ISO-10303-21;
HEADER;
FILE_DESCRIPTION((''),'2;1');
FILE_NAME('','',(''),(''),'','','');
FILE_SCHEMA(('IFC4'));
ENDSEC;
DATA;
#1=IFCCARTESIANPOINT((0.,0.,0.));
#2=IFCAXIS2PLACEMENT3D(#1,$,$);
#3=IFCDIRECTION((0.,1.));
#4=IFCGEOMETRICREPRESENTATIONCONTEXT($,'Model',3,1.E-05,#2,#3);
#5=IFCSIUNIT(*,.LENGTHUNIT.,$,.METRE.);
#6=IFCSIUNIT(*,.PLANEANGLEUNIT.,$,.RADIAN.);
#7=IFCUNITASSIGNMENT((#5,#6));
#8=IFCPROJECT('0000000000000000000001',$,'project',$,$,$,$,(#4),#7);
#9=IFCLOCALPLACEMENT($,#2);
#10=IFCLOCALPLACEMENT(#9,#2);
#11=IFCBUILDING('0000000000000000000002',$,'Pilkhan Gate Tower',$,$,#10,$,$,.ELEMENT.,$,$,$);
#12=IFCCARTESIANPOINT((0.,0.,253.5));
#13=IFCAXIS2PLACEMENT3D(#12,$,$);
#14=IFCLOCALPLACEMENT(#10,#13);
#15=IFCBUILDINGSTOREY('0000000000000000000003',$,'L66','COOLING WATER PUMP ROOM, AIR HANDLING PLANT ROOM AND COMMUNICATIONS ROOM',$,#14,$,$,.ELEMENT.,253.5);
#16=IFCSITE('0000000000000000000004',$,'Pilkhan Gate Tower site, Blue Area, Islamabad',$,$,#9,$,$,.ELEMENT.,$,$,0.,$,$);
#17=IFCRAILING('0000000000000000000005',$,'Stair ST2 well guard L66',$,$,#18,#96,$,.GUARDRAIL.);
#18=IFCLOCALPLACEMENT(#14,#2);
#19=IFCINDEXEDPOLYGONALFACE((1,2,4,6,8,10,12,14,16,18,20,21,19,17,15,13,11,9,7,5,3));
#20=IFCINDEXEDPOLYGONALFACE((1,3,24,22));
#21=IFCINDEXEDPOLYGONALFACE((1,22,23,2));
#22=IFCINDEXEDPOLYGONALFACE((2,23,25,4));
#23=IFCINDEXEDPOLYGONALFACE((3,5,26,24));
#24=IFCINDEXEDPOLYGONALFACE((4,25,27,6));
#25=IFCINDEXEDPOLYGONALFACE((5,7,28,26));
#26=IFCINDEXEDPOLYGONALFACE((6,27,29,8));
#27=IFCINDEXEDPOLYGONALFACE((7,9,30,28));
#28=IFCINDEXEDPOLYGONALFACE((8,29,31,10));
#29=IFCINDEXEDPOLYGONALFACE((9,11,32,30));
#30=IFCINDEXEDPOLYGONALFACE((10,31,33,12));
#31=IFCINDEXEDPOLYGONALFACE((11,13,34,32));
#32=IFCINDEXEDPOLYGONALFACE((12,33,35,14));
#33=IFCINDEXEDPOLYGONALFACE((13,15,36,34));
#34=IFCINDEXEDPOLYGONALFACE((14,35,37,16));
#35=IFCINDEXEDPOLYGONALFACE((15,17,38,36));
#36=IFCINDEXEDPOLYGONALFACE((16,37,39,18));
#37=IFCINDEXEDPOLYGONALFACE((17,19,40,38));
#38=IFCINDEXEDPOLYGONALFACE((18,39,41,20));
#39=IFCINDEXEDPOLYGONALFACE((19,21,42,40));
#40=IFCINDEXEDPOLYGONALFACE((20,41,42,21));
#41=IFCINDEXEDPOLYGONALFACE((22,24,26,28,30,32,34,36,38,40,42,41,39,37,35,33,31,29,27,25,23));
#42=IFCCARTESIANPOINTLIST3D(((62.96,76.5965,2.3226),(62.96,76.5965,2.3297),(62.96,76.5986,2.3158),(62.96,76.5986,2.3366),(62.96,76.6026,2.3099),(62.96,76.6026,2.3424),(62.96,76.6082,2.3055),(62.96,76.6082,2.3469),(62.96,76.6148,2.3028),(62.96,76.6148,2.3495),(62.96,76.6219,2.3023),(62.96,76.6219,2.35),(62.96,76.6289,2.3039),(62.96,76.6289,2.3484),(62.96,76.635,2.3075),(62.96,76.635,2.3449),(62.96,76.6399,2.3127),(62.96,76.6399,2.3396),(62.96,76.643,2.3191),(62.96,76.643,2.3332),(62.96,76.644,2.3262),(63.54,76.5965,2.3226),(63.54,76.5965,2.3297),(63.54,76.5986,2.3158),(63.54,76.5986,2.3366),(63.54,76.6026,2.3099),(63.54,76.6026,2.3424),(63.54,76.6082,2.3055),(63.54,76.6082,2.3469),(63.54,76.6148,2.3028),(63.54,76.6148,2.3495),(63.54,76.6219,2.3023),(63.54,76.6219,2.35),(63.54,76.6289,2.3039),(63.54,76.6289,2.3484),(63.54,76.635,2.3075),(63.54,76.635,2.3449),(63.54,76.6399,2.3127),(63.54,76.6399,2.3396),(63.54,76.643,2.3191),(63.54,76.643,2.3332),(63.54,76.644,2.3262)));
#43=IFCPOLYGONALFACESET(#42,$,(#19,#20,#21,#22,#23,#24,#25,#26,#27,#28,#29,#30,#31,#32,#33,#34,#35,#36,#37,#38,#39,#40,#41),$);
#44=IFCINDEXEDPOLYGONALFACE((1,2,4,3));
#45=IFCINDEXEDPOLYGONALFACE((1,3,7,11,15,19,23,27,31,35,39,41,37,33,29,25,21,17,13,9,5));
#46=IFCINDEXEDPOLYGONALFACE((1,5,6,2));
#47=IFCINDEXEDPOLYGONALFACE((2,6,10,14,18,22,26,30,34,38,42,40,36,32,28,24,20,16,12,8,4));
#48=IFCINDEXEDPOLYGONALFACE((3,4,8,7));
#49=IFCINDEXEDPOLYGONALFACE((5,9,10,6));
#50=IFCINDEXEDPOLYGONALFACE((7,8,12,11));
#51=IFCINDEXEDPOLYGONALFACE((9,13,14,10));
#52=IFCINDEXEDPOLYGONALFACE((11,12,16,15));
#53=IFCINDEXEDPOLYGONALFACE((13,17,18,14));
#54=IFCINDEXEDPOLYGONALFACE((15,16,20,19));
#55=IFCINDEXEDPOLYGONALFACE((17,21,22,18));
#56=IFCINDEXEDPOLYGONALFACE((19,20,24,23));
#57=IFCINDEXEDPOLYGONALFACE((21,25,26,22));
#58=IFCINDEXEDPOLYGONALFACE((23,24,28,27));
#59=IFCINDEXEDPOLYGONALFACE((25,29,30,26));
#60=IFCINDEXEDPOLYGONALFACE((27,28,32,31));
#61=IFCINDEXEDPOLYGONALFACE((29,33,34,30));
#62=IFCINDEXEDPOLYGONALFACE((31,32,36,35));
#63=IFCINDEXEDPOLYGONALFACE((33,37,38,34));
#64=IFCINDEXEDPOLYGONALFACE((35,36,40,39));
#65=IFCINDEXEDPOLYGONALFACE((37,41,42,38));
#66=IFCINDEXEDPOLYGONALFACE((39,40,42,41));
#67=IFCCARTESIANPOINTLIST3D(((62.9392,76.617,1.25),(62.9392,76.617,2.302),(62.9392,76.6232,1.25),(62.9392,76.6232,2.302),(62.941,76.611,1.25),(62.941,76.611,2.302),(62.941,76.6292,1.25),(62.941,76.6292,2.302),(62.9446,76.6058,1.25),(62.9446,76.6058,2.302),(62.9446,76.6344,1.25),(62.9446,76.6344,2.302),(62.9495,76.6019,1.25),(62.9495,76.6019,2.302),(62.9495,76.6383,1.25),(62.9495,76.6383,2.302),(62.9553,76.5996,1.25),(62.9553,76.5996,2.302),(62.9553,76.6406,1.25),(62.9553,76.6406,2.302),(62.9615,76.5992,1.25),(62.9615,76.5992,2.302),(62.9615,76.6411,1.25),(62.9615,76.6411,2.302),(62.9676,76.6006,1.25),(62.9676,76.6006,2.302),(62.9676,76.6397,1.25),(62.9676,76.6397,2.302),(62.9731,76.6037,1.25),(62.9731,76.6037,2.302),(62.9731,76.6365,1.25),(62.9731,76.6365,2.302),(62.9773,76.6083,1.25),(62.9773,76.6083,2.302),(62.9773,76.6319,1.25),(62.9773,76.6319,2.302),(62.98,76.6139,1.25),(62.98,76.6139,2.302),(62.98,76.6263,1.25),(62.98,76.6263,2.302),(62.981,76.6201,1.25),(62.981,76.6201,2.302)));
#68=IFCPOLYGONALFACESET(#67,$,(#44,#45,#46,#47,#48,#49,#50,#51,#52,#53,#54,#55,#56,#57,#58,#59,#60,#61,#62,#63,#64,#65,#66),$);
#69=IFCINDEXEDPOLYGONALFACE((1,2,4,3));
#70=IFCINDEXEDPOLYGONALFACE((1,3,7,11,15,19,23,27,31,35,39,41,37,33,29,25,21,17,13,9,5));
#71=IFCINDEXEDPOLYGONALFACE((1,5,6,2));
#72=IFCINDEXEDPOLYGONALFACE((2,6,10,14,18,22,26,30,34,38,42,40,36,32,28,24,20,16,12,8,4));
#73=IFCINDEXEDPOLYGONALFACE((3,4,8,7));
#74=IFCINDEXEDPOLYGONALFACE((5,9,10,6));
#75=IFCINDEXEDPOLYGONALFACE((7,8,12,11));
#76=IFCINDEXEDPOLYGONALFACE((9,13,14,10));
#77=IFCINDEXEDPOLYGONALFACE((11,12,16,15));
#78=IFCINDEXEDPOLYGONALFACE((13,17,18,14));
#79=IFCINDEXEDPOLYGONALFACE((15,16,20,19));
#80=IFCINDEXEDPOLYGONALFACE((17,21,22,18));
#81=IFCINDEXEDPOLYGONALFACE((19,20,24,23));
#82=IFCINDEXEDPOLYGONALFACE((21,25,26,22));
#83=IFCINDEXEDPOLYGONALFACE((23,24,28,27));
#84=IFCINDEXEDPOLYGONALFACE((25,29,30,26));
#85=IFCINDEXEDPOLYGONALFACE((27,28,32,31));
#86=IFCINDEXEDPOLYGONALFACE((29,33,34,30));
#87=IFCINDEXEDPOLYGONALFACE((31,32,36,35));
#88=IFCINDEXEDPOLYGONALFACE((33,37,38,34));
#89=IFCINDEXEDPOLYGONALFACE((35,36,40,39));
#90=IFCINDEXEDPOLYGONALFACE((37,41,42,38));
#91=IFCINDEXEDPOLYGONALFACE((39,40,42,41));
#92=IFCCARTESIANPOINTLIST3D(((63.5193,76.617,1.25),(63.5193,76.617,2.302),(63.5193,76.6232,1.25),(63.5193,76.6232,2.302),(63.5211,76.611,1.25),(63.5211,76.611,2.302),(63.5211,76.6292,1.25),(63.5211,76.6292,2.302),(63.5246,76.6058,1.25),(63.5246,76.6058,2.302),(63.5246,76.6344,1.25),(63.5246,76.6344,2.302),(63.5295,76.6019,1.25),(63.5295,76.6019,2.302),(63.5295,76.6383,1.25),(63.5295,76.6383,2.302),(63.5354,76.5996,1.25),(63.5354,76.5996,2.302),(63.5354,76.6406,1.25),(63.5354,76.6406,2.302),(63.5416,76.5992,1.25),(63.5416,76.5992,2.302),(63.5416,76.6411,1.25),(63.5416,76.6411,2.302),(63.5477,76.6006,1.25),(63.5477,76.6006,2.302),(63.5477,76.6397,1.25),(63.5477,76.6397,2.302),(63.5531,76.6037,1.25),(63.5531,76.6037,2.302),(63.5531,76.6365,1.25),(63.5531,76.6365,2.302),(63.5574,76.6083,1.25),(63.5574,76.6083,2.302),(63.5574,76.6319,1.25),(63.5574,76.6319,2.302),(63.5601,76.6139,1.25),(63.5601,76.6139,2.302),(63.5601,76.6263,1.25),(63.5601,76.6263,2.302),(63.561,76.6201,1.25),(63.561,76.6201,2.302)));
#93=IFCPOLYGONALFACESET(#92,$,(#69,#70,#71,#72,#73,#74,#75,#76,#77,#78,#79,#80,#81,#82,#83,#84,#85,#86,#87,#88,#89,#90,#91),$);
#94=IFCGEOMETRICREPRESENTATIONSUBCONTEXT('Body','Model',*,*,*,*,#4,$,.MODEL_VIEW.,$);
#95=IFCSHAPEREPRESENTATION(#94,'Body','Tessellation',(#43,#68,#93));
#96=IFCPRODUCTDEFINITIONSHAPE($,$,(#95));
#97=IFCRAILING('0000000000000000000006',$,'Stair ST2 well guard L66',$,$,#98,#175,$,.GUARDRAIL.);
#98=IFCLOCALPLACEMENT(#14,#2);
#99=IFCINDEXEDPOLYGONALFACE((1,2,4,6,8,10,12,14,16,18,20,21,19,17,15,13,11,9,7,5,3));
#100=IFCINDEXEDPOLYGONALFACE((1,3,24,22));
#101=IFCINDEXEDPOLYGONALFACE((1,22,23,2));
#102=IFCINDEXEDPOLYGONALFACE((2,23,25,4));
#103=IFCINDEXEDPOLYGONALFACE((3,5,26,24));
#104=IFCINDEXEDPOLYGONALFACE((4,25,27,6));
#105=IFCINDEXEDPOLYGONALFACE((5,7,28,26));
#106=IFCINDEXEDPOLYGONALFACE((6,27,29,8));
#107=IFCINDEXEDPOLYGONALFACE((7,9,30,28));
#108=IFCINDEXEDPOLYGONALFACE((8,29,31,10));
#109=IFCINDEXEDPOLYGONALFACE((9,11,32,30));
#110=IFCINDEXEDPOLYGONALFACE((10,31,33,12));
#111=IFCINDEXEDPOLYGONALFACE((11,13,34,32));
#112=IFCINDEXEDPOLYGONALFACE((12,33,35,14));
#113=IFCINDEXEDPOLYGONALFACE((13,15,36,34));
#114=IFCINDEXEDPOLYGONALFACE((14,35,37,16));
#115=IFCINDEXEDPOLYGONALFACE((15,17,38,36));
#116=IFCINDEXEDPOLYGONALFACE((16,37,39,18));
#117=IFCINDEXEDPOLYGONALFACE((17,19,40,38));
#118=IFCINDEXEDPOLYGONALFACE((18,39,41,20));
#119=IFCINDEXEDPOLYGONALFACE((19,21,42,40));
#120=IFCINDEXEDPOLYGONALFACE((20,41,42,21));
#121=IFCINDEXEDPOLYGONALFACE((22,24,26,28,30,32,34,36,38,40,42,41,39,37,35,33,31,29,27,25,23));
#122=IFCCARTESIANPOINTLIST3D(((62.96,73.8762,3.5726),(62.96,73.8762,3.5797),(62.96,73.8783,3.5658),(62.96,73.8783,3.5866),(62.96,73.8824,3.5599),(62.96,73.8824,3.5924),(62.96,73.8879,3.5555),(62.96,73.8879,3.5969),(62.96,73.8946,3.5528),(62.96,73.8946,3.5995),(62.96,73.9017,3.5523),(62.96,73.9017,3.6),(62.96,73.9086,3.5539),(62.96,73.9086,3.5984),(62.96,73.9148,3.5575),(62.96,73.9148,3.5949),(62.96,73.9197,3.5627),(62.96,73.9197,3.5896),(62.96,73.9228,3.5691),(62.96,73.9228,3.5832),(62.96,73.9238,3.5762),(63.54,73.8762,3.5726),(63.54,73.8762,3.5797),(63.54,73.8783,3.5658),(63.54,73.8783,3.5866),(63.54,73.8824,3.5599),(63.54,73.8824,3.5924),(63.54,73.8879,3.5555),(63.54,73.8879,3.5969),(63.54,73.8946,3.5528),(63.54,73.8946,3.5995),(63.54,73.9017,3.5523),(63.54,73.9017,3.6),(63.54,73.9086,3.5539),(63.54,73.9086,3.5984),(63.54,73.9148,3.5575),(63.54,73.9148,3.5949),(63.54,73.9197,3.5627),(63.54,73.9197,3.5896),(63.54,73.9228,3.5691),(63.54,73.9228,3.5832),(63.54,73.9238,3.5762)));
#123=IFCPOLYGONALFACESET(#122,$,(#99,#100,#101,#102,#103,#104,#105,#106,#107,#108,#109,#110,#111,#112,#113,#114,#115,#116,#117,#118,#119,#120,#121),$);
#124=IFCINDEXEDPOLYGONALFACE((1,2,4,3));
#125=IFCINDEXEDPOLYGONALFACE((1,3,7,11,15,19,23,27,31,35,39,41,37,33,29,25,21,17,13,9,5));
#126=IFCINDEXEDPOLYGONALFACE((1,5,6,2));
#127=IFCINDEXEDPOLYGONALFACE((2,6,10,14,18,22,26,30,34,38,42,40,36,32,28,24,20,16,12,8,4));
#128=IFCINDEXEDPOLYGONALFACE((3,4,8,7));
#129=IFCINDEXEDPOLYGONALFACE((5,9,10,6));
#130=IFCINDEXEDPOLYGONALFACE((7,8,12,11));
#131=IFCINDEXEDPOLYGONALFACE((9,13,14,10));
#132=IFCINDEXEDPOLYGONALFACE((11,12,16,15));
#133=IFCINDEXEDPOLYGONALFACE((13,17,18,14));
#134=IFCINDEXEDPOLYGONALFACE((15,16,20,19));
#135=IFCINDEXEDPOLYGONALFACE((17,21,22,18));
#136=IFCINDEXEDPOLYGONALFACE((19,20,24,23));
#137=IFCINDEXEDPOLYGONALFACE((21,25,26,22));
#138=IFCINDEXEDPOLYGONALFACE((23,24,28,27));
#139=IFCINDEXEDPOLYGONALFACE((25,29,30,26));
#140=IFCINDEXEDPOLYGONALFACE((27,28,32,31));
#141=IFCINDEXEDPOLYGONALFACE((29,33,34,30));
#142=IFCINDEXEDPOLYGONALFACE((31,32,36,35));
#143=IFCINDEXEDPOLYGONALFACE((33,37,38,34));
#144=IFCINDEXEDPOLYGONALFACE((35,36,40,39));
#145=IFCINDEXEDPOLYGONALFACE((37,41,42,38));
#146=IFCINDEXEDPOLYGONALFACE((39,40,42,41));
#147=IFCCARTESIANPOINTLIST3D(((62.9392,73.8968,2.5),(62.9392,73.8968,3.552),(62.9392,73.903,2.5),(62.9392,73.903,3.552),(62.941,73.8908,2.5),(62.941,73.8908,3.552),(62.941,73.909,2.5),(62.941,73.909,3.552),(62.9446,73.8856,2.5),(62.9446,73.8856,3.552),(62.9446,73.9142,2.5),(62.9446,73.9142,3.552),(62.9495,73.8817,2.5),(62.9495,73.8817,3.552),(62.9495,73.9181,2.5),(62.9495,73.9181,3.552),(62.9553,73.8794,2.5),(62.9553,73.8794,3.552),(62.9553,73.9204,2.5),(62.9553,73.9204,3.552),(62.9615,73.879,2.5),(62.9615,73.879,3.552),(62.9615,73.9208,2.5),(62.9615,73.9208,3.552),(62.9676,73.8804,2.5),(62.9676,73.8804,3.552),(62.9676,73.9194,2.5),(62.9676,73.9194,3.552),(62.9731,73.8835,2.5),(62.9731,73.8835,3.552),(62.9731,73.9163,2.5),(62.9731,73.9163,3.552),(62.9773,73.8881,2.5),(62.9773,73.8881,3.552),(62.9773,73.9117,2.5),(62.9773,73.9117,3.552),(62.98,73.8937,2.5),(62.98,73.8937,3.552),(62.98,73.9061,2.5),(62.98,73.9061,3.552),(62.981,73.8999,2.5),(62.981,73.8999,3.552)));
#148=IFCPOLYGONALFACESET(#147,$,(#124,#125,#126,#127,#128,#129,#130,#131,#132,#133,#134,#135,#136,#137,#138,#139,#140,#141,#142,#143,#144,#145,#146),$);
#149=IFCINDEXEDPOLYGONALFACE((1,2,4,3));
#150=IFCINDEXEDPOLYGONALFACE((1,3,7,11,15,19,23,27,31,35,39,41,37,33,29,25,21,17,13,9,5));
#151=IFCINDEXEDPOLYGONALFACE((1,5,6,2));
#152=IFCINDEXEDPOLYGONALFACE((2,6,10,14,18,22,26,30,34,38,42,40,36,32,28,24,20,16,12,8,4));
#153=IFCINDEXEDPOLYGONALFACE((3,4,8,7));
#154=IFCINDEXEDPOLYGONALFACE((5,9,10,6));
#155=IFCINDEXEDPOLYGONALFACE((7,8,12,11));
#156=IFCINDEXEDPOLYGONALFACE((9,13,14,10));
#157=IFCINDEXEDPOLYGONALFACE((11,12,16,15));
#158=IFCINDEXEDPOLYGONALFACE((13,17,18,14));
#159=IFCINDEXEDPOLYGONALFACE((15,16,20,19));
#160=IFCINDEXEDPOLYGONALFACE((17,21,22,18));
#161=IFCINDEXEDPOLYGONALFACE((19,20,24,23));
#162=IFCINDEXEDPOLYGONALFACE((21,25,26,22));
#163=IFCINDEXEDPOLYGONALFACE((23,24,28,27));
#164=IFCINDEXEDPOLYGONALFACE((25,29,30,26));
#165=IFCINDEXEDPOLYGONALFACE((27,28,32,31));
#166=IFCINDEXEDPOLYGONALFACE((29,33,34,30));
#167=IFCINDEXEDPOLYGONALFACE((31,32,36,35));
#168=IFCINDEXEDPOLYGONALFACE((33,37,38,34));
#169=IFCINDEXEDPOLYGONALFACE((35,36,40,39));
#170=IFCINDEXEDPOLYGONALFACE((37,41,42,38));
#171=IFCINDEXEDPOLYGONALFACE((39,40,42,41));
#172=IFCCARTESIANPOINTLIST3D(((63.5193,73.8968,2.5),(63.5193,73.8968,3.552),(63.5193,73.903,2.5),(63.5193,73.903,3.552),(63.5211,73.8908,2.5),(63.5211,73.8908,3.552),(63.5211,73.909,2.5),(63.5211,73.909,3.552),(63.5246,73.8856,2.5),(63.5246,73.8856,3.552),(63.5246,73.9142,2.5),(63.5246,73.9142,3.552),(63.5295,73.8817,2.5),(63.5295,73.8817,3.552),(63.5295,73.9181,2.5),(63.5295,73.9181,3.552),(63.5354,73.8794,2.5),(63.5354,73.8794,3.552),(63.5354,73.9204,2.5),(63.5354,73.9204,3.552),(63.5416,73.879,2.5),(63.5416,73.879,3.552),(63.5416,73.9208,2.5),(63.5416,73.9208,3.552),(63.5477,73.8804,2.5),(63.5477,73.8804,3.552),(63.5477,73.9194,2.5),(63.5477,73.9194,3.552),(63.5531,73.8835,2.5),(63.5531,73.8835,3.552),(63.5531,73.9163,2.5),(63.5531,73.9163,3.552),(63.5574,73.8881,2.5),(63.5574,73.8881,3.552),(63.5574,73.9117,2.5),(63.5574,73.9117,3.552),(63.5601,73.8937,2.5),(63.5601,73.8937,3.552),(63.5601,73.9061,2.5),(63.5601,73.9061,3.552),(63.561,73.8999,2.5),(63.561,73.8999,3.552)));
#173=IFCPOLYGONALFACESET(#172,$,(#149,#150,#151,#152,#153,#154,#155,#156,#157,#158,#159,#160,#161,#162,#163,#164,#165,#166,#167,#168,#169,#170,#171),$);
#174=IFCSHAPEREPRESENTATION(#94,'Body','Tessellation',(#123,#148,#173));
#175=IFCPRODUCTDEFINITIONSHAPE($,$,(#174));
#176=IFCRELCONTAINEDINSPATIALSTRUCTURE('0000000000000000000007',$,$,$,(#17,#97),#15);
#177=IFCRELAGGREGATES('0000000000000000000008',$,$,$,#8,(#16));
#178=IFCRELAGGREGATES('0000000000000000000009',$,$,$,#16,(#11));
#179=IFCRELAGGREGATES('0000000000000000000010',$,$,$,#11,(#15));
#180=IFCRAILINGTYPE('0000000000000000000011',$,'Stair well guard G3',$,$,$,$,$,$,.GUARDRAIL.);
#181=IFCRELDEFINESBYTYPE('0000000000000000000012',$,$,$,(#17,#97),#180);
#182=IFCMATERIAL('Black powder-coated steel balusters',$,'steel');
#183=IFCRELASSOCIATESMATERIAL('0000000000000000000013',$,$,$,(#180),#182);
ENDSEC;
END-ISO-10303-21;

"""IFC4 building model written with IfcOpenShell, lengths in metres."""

from ifc_helpers import new_model, si_unit, direction, frame, origin, origin_2d, place, context, subcontext, project, spatial, circle, extrude, material, type_object, element, save


model = new_model("IFC4")

# Units and contexts
model_context = context("Model", 3, precision=1e-05, world=origin(), true_north=direction((0.0, 1.0)))
body_context = subcontext(model_context, "Body", "Model", "MODEL_VIEW")
ifc_project = project(units=[si_unit("LENGTHUNIT", "METRE"), si_unit("PLANEANGLEUNIT", "RADIAN")], contexts=[model_context])

# Site, building, storey
site_placement = place(None, origin())
site = spatial("IfcSite", under=ifc_project, at=site_placement, Name="Pilkhan Gate Tower site, Blue Area, Islamabad", CompositionType="ELEMENT", RefElevation=0.0)
building_placement = place(site_placement, origin())
building = spatial("IfcBuilding", under=site, at=building_placement, Name="Pilkhan Gate Tower", CompositionType="ELEMENT")
storey_placement = place(building_placement, frame((0.0, 0.0, 253.5)))
storey = spatial("IfcBuildingStorey", under=building, at=storey_placement, Name="L66", Description="COOLING WATER PUMP ROOM, AIR HANDLING PLANT ROOM AND COMMUNICATIONS ROOM", CompositionType="ELEMENT", Elevation=253.5)

# Railings
ifc_material_1 = material(Name="Black powder-coated steel balusters", Category="steel")
railing_type_1 = type_object("IfcRailingType", Name="Stair well guard G3", PredefinedType="GUARDRAIL", material=ifc_material_1)
for number, where, name in (
    (1, (62.96, 76.6201, 1.25), "Stair ST2 well guard L66"),
    (2, (62.96, 73.8999, 2.5), "Stair ST2 well guard L66"),
):
    element("IfcRailing", number, at=place(storey_placement, frame(where)), inside=storey, type_object=railing_type_1, Name=name, PredefinedType="GUARDRAIL", context=body_context, shape_type="SweptSolid", body=[
        extrude(circle(Radius=0.0239, at=origin_2d()), frame((0.0, 0.0, 1.0762), z_axis=(1.0, 0.0, 0.0), x_axis=(0.0, 1.0, 0.0)), (0.0, 0.0, 1.0), 0.5801),
        extrude(circle(Radius=0.021, at=origin_2d()), origin(), (0.0, 0.0, 1.0), 1.052),
        extrude(circle(Radius=0.021, at=origin_2d()), frame((0.5801, 0.0, 0.0)), (0.0, 0.0, 1.0), 1.052),
    ])

save(model, "model.ifc")
